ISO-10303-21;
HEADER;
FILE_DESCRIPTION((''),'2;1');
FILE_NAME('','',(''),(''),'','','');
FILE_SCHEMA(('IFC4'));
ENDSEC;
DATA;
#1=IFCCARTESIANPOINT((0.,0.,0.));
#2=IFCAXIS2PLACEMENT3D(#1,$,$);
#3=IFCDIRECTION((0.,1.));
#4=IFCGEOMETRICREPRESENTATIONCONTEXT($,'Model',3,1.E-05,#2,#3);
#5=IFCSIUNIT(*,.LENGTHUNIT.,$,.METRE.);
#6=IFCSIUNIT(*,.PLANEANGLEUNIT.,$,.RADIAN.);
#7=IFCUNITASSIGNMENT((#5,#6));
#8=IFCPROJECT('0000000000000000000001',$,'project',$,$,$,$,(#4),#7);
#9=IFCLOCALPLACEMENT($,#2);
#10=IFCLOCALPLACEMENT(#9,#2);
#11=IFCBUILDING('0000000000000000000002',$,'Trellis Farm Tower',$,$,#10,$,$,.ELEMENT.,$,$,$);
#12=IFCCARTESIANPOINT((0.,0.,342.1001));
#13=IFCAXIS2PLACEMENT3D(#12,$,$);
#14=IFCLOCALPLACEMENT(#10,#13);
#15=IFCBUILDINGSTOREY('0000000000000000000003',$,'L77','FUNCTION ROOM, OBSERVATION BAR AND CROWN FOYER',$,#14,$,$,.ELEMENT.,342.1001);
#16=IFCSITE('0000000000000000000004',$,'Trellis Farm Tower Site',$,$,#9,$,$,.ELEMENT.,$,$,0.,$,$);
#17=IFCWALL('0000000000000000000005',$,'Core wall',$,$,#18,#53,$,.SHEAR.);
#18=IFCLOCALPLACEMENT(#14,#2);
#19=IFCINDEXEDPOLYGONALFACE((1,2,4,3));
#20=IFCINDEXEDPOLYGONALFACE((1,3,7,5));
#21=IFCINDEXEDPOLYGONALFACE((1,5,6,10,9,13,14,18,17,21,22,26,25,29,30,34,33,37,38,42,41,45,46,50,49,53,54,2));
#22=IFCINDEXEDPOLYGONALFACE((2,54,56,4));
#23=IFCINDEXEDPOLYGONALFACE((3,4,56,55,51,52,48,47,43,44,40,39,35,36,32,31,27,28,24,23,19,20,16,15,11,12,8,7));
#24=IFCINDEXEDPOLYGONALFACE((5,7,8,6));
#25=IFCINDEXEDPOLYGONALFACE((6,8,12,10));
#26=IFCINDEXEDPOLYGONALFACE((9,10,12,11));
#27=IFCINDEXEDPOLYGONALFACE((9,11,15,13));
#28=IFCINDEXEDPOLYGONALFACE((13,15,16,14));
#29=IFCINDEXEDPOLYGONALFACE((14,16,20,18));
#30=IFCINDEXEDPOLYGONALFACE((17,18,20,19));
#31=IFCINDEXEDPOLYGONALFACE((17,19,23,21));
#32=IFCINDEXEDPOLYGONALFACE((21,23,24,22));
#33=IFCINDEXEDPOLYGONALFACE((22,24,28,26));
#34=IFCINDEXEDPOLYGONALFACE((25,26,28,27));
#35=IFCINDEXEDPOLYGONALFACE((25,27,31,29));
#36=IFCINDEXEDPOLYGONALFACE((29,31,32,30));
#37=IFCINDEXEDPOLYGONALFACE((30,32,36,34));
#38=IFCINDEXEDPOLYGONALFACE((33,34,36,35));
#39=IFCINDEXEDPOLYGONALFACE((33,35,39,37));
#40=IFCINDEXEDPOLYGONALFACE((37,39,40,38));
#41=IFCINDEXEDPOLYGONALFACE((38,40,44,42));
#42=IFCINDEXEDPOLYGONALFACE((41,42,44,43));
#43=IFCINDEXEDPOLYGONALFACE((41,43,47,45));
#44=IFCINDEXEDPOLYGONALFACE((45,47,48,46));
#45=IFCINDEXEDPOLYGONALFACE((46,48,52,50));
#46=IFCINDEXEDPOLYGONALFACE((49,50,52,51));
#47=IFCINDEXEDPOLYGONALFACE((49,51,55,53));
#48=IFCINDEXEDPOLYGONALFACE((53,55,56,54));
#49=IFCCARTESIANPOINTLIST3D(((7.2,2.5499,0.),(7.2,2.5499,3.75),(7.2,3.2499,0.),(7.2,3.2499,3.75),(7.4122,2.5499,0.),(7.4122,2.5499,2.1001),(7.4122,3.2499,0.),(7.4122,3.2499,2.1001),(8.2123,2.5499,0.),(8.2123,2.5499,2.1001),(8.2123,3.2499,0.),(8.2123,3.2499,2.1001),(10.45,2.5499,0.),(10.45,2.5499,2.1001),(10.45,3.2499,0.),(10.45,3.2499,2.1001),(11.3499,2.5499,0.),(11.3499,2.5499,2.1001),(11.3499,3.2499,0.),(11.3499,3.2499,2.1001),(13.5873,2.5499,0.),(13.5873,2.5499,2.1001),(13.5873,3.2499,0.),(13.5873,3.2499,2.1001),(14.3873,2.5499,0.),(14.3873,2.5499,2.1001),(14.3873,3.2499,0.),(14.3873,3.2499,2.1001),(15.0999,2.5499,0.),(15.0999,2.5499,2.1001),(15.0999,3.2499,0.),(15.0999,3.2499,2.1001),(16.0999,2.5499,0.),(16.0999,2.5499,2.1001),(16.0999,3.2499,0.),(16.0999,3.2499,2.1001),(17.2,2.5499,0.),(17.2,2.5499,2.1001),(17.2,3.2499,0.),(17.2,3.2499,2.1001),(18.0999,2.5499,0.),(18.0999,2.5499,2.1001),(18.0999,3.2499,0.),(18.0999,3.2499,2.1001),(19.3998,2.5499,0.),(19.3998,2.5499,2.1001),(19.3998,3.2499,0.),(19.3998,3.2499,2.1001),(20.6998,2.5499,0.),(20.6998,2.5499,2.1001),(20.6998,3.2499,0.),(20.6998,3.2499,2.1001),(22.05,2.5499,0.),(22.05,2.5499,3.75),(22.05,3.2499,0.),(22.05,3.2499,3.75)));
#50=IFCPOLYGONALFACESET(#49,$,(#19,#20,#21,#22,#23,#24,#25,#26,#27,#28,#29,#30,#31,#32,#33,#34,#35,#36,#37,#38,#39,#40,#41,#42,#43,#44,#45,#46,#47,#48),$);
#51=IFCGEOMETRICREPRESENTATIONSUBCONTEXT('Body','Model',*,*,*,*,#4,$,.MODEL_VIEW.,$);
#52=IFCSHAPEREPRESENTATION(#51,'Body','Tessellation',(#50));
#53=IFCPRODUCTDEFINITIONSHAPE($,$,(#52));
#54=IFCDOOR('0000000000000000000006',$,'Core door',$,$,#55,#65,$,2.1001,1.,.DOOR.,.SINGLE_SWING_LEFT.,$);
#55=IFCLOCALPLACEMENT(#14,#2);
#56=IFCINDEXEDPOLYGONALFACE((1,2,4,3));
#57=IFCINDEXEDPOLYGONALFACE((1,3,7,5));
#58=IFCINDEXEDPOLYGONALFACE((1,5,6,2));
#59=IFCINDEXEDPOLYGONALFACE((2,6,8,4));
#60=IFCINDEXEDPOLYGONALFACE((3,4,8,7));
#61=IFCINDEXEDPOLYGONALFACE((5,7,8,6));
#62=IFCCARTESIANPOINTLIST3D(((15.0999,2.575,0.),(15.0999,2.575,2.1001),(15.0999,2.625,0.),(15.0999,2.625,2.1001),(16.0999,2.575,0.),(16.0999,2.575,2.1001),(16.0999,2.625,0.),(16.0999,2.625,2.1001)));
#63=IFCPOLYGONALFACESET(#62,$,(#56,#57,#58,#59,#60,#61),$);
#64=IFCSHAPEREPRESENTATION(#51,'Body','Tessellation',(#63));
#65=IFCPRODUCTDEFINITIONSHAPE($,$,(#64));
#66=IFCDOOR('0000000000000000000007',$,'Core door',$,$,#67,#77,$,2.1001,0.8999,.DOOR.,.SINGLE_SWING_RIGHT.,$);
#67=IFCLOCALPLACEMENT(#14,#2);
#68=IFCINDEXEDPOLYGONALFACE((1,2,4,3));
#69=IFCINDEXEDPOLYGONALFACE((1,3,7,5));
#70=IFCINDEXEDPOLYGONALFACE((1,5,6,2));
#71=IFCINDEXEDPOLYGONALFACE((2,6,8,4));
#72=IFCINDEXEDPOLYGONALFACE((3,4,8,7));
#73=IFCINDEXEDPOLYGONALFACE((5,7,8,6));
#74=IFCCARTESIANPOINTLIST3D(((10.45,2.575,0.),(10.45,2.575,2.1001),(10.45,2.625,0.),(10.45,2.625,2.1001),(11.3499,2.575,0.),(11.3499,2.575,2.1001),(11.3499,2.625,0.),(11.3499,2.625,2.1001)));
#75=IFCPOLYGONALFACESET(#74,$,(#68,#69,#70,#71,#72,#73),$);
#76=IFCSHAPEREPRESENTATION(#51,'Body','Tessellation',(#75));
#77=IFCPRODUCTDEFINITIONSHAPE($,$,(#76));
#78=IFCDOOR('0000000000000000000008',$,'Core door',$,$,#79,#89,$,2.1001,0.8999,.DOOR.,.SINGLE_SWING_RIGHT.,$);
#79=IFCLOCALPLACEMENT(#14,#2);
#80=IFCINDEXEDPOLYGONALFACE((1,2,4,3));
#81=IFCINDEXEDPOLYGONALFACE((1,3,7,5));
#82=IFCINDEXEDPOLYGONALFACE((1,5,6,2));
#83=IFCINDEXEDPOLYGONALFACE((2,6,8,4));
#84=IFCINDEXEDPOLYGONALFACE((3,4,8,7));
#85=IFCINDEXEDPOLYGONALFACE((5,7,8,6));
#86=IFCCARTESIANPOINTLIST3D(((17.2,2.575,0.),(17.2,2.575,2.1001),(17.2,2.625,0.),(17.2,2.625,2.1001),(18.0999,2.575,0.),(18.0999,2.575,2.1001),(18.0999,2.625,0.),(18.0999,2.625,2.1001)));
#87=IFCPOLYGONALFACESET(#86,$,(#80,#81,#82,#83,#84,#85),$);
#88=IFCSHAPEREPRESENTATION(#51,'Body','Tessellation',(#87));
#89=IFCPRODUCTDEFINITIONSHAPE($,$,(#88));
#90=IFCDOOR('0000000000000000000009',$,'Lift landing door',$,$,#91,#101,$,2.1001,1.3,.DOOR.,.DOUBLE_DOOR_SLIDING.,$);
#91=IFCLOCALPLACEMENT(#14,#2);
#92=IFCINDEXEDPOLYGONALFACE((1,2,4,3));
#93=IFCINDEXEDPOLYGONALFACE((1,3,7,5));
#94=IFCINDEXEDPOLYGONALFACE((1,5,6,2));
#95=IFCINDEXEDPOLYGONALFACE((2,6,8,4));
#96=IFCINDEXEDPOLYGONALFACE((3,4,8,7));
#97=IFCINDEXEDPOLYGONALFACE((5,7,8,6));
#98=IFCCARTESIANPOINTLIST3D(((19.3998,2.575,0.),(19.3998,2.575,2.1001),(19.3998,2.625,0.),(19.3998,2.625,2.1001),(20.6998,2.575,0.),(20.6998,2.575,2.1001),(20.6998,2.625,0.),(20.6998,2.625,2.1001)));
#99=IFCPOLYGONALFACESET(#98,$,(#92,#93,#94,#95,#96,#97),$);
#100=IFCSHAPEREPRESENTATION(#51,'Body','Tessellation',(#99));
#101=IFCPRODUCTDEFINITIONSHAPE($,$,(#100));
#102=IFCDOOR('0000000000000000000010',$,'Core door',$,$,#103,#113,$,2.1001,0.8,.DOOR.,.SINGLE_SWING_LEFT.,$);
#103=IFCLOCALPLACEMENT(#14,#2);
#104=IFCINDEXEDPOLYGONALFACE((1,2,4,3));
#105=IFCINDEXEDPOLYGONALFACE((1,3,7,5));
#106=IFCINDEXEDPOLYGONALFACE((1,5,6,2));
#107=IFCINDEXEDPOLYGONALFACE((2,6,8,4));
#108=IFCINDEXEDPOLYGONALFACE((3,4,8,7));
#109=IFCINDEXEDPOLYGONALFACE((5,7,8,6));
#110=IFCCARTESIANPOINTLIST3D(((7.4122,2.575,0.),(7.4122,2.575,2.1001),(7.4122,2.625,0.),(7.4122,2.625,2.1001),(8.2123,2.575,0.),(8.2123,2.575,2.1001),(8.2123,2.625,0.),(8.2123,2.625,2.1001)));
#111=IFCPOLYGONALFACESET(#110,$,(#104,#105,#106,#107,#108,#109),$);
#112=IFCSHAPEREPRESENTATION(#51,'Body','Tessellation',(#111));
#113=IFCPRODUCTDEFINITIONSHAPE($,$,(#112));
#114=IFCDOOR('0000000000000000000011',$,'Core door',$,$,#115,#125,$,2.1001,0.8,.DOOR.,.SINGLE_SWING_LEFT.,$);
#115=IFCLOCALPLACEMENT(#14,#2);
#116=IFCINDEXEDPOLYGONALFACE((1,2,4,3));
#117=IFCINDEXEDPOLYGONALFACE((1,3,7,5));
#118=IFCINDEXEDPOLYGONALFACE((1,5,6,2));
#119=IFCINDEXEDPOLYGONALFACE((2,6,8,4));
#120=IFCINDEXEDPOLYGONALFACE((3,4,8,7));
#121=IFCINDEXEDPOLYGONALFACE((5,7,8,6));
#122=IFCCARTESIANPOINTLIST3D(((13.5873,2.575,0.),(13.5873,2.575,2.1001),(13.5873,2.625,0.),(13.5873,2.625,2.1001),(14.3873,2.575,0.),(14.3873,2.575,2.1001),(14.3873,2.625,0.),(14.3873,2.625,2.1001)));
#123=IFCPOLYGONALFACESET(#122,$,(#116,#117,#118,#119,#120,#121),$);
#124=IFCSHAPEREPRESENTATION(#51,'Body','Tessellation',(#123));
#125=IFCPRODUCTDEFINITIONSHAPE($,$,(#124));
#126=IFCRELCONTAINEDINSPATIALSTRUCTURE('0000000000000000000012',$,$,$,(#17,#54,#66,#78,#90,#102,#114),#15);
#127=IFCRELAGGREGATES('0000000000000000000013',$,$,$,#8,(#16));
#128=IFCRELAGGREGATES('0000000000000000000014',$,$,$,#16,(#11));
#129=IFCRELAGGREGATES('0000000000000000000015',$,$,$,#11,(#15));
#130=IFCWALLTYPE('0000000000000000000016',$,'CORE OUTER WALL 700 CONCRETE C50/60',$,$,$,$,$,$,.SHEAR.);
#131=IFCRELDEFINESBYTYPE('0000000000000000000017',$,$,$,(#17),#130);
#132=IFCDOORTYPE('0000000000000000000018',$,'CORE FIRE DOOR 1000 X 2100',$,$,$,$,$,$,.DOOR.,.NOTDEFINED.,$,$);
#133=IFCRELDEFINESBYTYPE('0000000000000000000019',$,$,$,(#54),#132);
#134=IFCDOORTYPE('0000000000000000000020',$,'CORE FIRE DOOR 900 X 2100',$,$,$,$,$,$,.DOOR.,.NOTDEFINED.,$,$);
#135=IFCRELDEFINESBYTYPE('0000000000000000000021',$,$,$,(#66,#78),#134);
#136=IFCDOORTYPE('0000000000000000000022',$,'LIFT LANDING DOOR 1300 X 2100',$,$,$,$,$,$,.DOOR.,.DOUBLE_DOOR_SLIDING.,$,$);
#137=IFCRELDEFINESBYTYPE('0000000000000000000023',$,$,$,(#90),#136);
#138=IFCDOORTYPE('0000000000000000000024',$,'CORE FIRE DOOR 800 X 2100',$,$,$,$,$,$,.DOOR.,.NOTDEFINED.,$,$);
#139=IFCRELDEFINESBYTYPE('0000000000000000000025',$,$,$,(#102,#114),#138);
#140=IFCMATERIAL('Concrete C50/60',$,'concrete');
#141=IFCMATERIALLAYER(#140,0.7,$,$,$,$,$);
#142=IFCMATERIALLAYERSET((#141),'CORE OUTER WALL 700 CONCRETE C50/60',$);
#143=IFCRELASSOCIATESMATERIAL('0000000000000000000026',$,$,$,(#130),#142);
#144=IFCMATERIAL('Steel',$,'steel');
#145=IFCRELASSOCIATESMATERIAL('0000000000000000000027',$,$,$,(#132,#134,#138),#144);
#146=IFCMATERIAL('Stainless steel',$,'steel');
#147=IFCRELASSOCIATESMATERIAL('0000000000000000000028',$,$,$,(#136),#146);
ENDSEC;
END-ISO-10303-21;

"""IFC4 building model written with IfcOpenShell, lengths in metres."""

from ifc_helpers import new_model, si_unit, direction, frame, frame_2d, origin, place, context, subcontext, project, spatial, rectangle, extrude, source, transform, mapped, material, layer, layer_set, type_object, element, fill, save


model = new_model("IFC4")

# Units and contexts
model_context = context("Model", 3, precision=1e-05, world=origin(), true_north=direction((0.0, 1.0)))
body_context = subcontext(model_context, "Body", "Model", "MODEL_VIEW")
ifc_project = project(units=[si_unit("LENGTHUNIT", "METRE"), si_unit("PLANEANGLEUNIT", "RADIAN")], contexts=[model_context])

# Site, building, storey
site_placement = place(None, origin())
site = spatial("IfcSite", under=ifc_project, at=site_placement, Name="Trellis Farm Tower Site", CompositionType="ELEMENT", RefElevation=0.0)
building_placement = place(site_placement, origin())
building = spatial("IfcBuilding", under=site, at=building_placement, Name="Trellis Farm Tower", CompositionType="ELEMENT")
storey_placement = place(building_placement, frame((0.0, 0.0, 342.1001)))
storey = spatial("IfcBuildingStorey", under=building, at=storey_placement, Name="L77", Description="FUNCTION ROOM, OBSERVATION BAR AND CROWN FOYER", CompositionType="ELEMENT", Elevation=342.1001)

# Shared definitions
ifc_material_1 = material(Name="Concrete C50/60", Category="concrete")

# Wall, openings, doors
ifc_layer_1 = layer(ifc_material_1, 0.7)
ifc_layer_set_1 = layer_set([ifc_layer_1], Name="CORE OUTER WALL 700 CONCRETE C50/60")
wall_type_1 = type_object("IfcWallType", Name="CORE OUTER WALL 700 CONCRETE C50/60", PredefinedType="SHEAR", material=ifc_layer_set_1)
shared_shape_1 = source(origin(), body_context, "Body", "SweptSolid", [
    extrude(rectangle(XDim=14.8501, YDim=0.7, at=frame_2d((7.425, 0.0))), origin(), (0.0, 0.0, 1.0), 3.75),
])
wall_1_placement = place(storey_placement, frame((7.2, 2.8999, 0.0), z_axis=(0.0, 0.0, 1.0), x_axis=(1.0, 0.0, 0.0)))
wall_1 = element("IfcWall", 1, at=wall_1_placement, inside=storey, type_object=wall_type_1, Name="Core wall", PredefinedType="SHEAR", context=body_context, shape_type="MappedRepresentation", body=[
    mapped(shared_shape_1, transform((0.0, 0.0, 0.0))),
])
shared_shape_2 = source(origin(), body_context, "Body", "SweptSolid", [
    extrude(rectangle(XDim=1.3, YDim=2.1001, at=frame_2d((0.6499, 1.05))), frame((0.0, 0.3601, 0.0), z_axis=(0.0, -1.0, 0.0), x_axis=(1.0, 0.0, 0.0)), (0.0, 0.0, 1.0), 0.7202),
])
opening_1_placement = place(wall_1_placement, frame((12.2, 0.0, 0.0)))
opening_1 = element("IfcOpeningElement", 2, at=opening_1_placement, cuts=wall_1, PredefinedType="OPENING", context=body_context, shape_type="MappedRepresentation", body=[
    mapped(shared_shape_2, transform((0.0, 0.0, 0.0))),
])
shared_shape_3 = source(origin(), body_context, "Body", "SweptSolid", [
    extrude(rectangle(XDim=1.0, YDim=2.1001, at=frame_2d((0.5, 1.05))), frame((0.0, 0.3601, 0.0), z_axis=(0.0, -1.0, 0.0), x_axis=(1.0, 0.0, 0.0)), (0.0, 0.0, 1.0), 0.7202),
])
opening_2_placement = place(wall_1_placement, frame((7.8999, 0.0, 0.0)))
opening_2 = element("IfcOpeningElement", 3, at=opening_2_placement, cuts=wall_1, PredefinedType="OPENING", context=body_context, shape_type="MappedRepresentation", body=[
    mapped(shared_shape_3, transform((0.0, 0.0, 0.0))),
])
shared_shape_4 = source(origin(), body_context, "Body", "SweptSolid", [
    extrude(rectangle(XDim=0.8, YDim=2.1001, at=frame_2d((0.3999, 1.05))), frame((0.0, 0.3601, 0.0), z_axis=(0.0, -1.0, 0.0), x_axis=(1.0, 0.0, 0.0)), (0.0, 0.0, 1.0), 0.7202),
])
opening_3_placement = place(wall_1_placement, frame((0.2124, 0.0, 0.0)))
opening_3 = element("IfcOpeningElement", 4, at=opening_3_placement, cuts=wall_1, PredefinedType="OPENING", context=body_context, shape_type="MappedRepresentation", body=[
    mapped(shared_shape_4, transform((0.0, 0.0, 0.0))),
])
shared_shape_5 = source(origin(), body_context, "Body", "SweptSolid", [
    extrude(rectangle(XDim=0.8999, YDim=2.1001, at=frame_2d((0.45, 1.05))), frame((0.0, 0.3601, 0.0), z_axis=(0.0, -1.0, 0.0), x_axis=(1.0, 0.0, 0.0)), (0.0, 0.0, 1.0), 0.7202),
])
opening_4_placement = place(wall_1_placement, frame((3.25, 0.0, 0.0)))
opening_4 = element("IfcOpeningElement", 5, at=opening_4_placement, cuts=wall_1, PredefinedType="OPENING", context=body_context, shape_type="MappedRepresentation", body=[
    mapped(shared_shape_5, transform((0.0, 0.0, 0.0))),
])
opening_5_placement = place(wall_1_placement, frame((6.3875, 0.0, 0.0)))
opening_5 = element("IfcOpeningElement", 6, at=opening_5_placement, cuts=wall_1, PredefinedType="OPENING", context=body_context, shape_type="MappedRepresentation", body=[
    mapped(shared_shape_4, transform((0.0, 0.0, 0.0))),
])
opening_6_placement = place(wall_1_placement, frame((10.0, 0.0, 0.0)))
opening_6 = element("IfcOpeningElement", 7, at=opening_6_placement, cuts=wall_1, PredefinedType="OPENING", context=body_context, shape_type="MappedRepresentation", body=[
    mapped(shared_shape_5, transform((0.0, 0.0, 0.0))),
])
ifc_material_2 = material(Name="Steel", Category="steel")
door_type_1 = type_object("IfcDoorType", Name="CORE FIRE DOOR 1000 X 2100", OperationType="NOTDEFINED", PredefinedType="DOOR", material=ifc_material_2)
shared_shape_6 = source(origin(), body_context, "Body", "SweptSolid", [
    extrude(rectangle(XDim=1.0, YDim=2.1001, at=frame_2d((0.5, 1.05))), frame((0.0, -0.2749, 0.0), z_axis=(0.0, -1.0, 0.0), x_axis=(1.0, 0.0, 0.0)), (0.0, 0.0, 1.0), 0.05),
])
door_1_placement = place(opening_2_placement, origin())
door_1 = element("IfcDoor", 8, at=door_1_placement, inside=storey, type_object=door_type_1, Name="Core door", OperationType="SINGLE_SWING_LEFT", OverallHeight=2.1001, OverallWidth=1.0, PredefinedType="DOOR", context=body_context, shape_type="MappedRepresentation", body=[
    mapped(shared_shape_6, transform((0.0, 0.0, 0.0))),
])
fill(opening_2, door_1)
door_type_2 = type_object("IfcDoorType", Name="CORE FIRE DOOR 900 X 2100", OperationType="NOTDEFINED", PredefinedType="DOOR", material=ifc_material_2)
shared_shape_7 = source(origin(), body_context, "Body", "SweptSolid", [
    extrude(rectangle(XDim=0.8999, YDim=2.1001, at=frame_2d((0.45, 1.05))), frame((0.0, -0.2749, 0.0), z_axis=(0.0, -1.0, 0.0), x_axis=(1.0, 0.0, 0.0)), (0.0, 0.0, 1.0), 0.05),
])
door_2_placement = place(opening_4_placement, origin())
door_2 = element("IfcDoor", 9, at=door_2_placement, inside=storey, type_object=door_type_2, Name="Core door", OperationType="SINGLE_SWING_RIGHT", OverallHeight=2.1001, OverallWidth=0.8999, PredefinedType="DOOR", context=body_context, shape_type="MappedRepresentation", body=[
    mapped(shared_shape_7, transform((0.0, 0.0, 0.0))),
])
fill(opening_4, door_2)
door_3_placement = place(opening_6_placement, origin())
door_3 = element("IfcDoor", 10, at=door_3_placement, inside=storey, type_object=door_type_2, Name="Core door", OperationType="SINGLE_SWING_RIGHT", OverallHeight=2.1001, OverallWidth=0.8999, PredefinedType="DOOR", context=body_context, shape_type="MappedRepresentation", body=[
    mapped(shared_shape_7, transform((0.0, 0.0, 0.0))),
])
fill(opening_6, door_3)
ifc_material_3 = material(Name="Stainless steel", Category="steel")
door_type_3 = type_object("IfcDoorType", Name="LIFT LANDING DOOR 1300 X 2100", OperationType="DOUBLE_DOOR_SLIDING", PredefinedType="DOOR", material=ifc_material_3)
shared_shape_8 = source(origin(), body_context, "Body", "SweptSolid", [
    extrude(rectangle(XDim=1.3, YDim=2.1001, at=frame_2d((0.6499, 1.05))), frame((0.0, -0.2749, 0.0), z_axis=(0.0, -1.0, 0.0), x_axis=(1.0, 0.0, 0.0)), (0.0, 0.0, 1.0), 0.05),
])
door_4_placement = place(opening_1_placement, origin())
door_4 = element("IfcDoor", 11, at=door_4_placement, inside=storey, type_object=door_type_3, Name="Lift landing door", OperationType="DOUBLE_DOOR_SLIDING", OverallHeight=2.1001, OverallWidth=1.3, PredefinedType="DOOR", context=body_context, shape_type="MappedRepresentation", body=[
    mapped(shared_shape_8, transform((0.0, 0.0, 0.0))),
])
fill(opening_1, door_4)
door_type_4 = type_object("IfcDoorType", Name="CORE FIRE DOOR 800 X 2100", OperationType="NOTDEFINED", PredefinedType="DOOR", material=ifc_material_2)
shared_shape_9 = source(origin(), body_context, "Body", "SweptSolid", [
    extrude(rectangle(XDim=0.8, YDim=2.1001, at=frame_2d((0.3999, 1.05))), frame((0.0, -0.2749, 0.0), z_axis=(0.0, -1.0, 0.0), x_axis=(1.0, 0.0, 0.0)), (0.0, 0.0, 1.0), 0.05),
])
door_5_placement = place(opening_3_placement, origin())
door_5 = element("IfcDoor", 12, at=door_5_placement, inside=storey, type_object=door_type_4, Name="Core door", OperationType="SINGLE_SWING_LEFT", OverallHeight=2.1001, OverallWidth=0.8, PredefinedType="DOOR", context=body_context, shape_type="MappedRepresentation", body=[
    mapped(shared_shape_9, transform((0.0, 0.0, 0.0))),
])
fill(opening_3, door_5)
door_6_placement = place(opening_5_placement, origin())
door_6 = element("IfcDoor", 13, at=door_6_placement, inside=storey, type_object=door_type_4, Name="Core door", OperationType="SINGLE_SWING_LEFT", OverallHeight=2.1001, OverallWidth=0.8, PredefinedType="DOOR", context=body_context, shape_type="MappedRepresentation", body=[
    mapped(shared_shape_9, transform((0.0, 0.0, 0.0))),
])
fill(opening_5, door_6)

save(model, "model.ifc")
